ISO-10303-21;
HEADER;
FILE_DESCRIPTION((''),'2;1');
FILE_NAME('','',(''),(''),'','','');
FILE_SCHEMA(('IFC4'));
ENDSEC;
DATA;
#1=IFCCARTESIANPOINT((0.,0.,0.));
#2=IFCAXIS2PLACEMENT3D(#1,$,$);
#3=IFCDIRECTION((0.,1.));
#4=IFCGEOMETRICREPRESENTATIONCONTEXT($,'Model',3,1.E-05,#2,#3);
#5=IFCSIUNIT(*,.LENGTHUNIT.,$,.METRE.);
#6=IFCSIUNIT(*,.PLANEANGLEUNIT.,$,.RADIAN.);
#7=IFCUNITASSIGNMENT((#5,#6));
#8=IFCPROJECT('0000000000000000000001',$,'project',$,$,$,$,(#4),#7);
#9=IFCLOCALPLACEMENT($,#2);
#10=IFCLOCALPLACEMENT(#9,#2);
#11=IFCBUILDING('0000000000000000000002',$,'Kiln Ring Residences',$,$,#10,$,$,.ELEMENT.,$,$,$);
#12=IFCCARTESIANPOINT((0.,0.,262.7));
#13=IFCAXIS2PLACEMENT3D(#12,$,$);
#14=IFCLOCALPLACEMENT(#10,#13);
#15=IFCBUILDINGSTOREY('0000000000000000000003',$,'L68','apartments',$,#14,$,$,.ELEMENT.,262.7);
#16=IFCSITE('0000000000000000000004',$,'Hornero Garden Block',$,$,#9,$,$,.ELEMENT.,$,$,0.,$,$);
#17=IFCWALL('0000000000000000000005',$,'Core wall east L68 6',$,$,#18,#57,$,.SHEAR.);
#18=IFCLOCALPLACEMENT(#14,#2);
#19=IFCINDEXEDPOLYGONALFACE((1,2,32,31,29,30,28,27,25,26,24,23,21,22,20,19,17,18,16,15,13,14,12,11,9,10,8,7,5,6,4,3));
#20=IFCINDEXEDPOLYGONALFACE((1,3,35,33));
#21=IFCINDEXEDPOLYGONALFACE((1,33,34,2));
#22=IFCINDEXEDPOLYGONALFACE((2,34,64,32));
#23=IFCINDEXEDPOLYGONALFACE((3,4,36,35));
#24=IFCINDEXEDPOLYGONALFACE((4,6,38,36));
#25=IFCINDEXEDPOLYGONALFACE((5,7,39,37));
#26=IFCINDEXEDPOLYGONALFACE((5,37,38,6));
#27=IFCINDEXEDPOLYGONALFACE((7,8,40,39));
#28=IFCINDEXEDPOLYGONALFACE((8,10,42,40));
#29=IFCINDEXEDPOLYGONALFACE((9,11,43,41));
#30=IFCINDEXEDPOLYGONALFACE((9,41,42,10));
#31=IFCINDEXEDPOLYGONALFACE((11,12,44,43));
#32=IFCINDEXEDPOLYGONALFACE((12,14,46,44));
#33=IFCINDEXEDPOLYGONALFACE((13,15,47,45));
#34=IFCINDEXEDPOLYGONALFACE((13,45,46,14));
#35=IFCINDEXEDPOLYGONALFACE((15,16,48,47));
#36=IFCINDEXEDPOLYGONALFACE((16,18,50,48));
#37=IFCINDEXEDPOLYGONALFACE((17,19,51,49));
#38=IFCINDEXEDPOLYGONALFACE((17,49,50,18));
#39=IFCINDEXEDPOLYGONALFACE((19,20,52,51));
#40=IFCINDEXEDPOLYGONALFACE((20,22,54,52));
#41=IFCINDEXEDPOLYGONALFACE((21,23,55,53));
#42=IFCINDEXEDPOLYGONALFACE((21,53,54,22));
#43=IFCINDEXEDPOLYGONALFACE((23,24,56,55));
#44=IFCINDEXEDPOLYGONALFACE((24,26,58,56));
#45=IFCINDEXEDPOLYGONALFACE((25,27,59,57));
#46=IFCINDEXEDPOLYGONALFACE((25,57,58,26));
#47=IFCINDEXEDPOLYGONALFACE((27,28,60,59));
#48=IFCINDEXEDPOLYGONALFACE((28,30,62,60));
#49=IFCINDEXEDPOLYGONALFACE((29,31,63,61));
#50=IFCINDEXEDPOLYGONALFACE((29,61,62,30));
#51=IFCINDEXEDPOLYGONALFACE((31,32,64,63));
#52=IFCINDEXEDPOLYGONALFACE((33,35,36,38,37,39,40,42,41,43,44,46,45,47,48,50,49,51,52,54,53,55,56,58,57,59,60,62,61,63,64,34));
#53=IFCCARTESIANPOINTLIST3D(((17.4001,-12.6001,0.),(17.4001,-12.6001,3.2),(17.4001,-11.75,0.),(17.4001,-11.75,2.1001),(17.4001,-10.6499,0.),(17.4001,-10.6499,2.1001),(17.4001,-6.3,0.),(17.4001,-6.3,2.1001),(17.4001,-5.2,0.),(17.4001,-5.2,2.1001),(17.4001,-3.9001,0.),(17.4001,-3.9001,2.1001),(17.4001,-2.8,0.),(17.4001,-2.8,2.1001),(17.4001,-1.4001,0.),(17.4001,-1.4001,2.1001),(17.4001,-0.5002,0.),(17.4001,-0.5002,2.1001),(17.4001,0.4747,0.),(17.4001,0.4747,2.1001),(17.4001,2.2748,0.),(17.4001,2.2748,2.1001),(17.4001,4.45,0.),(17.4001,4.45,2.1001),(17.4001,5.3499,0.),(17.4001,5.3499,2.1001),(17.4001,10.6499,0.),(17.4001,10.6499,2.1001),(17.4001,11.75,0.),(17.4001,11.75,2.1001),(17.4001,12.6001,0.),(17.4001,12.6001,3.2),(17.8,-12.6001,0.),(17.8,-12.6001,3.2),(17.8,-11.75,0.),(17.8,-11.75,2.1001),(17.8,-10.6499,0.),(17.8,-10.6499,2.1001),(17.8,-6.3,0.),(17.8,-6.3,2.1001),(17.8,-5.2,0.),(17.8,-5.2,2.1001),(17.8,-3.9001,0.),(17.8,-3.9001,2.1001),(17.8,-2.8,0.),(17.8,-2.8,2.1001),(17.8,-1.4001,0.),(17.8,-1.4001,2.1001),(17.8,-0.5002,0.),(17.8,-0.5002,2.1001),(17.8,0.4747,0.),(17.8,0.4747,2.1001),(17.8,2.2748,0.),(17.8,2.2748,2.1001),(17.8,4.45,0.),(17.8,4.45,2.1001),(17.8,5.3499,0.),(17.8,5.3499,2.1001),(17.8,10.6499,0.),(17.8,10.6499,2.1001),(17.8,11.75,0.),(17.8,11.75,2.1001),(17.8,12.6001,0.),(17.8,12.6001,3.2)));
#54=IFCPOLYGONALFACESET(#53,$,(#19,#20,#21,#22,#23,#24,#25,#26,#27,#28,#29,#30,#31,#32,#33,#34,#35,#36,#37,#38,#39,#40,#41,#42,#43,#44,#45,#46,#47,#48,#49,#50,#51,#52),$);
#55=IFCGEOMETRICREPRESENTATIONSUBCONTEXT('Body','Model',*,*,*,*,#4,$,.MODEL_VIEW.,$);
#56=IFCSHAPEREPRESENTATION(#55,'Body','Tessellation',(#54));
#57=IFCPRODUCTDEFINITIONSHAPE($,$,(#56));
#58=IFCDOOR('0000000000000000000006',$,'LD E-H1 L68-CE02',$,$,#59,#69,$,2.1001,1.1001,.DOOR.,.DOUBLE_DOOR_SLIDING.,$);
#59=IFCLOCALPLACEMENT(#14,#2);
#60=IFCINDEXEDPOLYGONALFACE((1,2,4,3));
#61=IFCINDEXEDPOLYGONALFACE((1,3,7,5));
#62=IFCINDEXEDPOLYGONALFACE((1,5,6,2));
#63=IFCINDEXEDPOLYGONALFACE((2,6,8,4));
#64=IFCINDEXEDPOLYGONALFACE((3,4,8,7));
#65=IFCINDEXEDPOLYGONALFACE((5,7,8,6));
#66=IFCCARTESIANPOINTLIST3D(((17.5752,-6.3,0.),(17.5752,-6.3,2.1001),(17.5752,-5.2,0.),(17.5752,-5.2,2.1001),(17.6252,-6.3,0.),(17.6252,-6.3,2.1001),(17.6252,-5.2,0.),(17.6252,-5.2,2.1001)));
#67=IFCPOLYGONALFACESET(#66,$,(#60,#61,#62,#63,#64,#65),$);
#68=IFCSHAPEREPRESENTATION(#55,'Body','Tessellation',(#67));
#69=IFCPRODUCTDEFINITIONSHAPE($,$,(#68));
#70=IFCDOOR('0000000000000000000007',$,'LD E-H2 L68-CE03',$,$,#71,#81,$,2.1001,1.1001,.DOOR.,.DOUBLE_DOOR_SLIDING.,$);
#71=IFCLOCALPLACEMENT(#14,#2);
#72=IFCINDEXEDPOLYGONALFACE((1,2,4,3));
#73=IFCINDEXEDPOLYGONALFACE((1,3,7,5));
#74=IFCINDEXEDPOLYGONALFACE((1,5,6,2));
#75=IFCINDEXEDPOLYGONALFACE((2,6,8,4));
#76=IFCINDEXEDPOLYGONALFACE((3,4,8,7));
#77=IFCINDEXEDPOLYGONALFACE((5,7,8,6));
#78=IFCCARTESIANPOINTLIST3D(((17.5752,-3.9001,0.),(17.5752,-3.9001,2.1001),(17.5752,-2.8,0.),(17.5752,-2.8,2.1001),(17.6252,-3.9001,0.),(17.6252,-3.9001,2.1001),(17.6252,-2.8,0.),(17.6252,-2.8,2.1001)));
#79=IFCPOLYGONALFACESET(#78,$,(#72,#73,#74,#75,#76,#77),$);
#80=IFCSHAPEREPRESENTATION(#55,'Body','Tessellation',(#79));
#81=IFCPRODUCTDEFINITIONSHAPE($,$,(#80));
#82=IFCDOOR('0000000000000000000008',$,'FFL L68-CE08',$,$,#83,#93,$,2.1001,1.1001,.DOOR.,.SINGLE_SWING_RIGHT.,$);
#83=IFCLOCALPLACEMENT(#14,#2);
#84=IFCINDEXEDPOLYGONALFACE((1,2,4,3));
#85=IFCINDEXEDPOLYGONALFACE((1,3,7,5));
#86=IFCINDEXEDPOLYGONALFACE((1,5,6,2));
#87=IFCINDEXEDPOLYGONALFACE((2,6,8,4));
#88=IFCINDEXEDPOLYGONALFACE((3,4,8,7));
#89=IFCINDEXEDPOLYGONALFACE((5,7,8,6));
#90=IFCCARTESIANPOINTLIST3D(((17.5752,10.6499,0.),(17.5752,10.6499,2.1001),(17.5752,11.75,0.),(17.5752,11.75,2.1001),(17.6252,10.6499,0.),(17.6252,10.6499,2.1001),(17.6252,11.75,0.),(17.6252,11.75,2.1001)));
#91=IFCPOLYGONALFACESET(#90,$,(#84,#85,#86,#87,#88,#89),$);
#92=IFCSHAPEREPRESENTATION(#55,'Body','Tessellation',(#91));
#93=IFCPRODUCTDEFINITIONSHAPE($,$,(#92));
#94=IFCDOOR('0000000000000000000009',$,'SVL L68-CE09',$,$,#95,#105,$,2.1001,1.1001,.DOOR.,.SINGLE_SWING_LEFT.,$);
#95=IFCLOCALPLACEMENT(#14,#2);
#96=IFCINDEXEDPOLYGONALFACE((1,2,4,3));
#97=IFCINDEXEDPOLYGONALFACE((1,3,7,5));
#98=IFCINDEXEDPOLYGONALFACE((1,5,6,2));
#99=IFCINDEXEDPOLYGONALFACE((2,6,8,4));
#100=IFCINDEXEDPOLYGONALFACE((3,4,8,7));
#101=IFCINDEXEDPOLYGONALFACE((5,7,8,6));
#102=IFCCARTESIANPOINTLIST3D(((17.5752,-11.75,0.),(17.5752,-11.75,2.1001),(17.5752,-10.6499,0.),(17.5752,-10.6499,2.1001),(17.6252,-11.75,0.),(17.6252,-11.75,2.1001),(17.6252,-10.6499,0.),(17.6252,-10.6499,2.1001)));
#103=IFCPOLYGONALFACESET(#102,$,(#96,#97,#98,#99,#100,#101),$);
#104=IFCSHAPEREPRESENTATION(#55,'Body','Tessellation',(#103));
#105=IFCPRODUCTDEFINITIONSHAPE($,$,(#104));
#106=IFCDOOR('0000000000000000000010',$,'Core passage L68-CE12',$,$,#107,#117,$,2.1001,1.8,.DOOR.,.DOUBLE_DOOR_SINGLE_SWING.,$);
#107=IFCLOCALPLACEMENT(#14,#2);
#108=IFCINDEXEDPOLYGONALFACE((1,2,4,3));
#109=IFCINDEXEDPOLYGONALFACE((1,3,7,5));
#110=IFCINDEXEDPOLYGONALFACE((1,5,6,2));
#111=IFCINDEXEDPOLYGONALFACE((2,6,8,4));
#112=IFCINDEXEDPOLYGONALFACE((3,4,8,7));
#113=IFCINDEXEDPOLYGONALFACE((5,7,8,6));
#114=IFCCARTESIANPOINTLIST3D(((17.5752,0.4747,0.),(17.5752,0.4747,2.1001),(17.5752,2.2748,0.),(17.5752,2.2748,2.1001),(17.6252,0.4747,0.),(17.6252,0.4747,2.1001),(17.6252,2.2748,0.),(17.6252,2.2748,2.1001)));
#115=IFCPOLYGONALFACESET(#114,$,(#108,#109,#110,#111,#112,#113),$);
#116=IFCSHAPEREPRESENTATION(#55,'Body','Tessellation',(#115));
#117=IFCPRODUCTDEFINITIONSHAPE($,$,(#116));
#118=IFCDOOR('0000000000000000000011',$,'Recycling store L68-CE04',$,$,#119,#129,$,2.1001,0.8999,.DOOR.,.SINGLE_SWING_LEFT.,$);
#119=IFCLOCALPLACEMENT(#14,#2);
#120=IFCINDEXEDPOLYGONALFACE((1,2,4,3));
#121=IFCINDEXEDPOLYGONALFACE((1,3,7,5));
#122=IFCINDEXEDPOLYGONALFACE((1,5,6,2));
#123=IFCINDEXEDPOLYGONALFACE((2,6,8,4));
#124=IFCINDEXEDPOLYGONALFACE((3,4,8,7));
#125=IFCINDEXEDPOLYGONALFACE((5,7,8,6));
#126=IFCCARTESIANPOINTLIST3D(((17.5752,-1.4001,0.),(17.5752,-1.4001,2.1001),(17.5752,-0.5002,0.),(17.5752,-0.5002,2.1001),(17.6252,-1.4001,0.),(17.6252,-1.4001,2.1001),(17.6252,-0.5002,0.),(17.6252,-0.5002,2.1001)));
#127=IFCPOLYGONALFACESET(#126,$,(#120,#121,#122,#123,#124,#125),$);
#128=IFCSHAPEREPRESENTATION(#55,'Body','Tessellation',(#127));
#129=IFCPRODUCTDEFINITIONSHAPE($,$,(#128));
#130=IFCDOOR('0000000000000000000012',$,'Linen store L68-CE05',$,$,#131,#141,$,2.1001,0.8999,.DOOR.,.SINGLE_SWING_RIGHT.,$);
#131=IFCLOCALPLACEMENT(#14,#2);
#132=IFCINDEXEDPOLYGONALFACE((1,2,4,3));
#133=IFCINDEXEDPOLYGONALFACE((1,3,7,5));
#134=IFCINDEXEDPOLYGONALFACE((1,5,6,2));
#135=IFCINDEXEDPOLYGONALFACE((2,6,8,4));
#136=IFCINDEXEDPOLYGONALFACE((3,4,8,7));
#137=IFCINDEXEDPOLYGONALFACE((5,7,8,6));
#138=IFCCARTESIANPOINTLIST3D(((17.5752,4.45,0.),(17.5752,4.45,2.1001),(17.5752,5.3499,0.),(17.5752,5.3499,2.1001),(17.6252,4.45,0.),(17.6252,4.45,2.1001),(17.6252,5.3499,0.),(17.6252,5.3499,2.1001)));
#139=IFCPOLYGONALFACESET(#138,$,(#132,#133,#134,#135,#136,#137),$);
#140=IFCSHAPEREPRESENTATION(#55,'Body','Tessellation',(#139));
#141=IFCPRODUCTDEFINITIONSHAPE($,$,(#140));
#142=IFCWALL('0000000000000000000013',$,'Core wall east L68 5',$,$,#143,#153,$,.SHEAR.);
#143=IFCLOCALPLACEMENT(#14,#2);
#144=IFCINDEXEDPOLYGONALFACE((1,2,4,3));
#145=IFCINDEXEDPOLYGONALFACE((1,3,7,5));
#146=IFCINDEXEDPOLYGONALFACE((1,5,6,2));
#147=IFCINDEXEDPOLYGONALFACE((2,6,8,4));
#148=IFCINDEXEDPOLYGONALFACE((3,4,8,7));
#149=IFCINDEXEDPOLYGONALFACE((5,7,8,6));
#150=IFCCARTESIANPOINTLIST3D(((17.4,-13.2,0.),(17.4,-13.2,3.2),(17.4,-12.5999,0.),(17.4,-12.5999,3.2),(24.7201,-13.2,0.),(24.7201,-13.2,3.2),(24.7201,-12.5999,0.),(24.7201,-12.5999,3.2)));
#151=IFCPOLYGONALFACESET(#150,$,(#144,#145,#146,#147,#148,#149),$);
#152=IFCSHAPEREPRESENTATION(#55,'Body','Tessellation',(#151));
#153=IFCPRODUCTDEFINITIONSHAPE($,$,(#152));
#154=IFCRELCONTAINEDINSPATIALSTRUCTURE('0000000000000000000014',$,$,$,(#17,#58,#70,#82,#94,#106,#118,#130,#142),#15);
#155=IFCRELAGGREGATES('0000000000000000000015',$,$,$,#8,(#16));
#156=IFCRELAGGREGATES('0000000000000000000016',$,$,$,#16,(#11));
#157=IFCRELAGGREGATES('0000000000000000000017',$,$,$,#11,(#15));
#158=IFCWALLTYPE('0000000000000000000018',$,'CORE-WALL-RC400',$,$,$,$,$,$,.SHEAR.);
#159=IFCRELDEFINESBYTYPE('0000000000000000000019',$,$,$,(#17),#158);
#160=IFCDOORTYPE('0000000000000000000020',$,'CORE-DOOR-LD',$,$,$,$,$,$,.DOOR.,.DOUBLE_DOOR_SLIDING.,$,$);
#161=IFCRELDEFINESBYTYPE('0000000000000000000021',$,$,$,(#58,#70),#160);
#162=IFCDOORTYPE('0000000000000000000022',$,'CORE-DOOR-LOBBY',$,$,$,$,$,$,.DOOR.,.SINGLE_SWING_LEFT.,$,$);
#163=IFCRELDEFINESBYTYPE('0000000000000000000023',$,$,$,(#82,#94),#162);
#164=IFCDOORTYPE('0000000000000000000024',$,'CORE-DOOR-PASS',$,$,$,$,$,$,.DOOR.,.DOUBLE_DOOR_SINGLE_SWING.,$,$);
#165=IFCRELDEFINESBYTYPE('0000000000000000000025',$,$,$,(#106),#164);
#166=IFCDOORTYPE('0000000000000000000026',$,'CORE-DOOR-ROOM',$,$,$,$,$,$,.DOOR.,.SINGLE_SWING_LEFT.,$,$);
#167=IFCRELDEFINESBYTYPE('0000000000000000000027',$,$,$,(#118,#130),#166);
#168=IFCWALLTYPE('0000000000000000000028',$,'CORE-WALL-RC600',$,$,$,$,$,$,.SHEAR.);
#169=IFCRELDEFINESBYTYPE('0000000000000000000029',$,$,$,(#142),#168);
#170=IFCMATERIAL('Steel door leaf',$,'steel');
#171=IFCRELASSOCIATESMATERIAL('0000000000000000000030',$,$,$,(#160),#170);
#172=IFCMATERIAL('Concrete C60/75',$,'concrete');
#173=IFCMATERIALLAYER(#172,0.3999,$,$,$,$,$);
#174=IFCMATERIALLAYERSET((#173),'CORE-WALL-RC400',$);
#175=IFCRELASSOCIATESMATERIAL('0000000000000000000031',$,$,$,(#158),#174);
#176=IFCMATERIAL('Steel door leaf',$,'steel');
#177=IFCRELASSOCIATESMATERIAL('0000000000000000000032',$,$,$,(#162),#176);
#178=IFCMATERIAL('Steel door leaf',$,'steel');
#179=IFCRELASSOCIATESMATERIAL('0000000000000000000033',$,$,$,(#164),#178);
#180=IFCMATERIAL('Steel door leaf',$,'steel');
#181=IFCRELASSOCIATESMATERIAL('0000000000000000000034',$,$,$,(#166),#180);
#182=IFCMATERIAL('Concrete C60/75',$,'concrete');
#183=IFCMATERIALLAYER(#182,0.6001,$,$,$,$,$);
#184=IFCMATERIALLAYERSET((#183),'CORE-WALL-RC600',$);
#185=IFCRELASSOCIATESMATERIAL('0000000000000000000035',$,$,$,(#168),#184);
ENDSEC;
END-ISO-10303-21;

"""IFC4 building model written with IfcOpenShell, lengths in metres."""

from ifc_helpers import new_model, si_unit, direction, frame, frame_2d, origin, place, context, subcontext, project, spatial, rectangle, extrude, material, layer, layer_set, type_object, element, fill, save


model = new_model("IFC4")

# Units and contexts
model_context = context("Model", 3, precision=1e-05, world=origin(), true_north=direction((0.0, 1.0)))
body_context = subcontext(model_context, "Body", "Model", "MODEL_VIEW")
ifc_project = project(units=[si_unit("LENGTHUNIT", "METRE"), si_unit("PLANEANGLEUNIT", "RADIAN")], contexts=[model_context])

# Site, building, storey
site_placement = place(None, origin())
site = spatial("IfcSite", under=ifc_project, at=site_placement, Name="Hornero Garden Block", CompositionType="ELEMENT", RefElevation=0.0)
building_placement = place(site_placement, origin())
building = spatial("IfcBuilding", under=site, at=building_placement, Name="Kiln Ring Residences", CompositionType="ELEMENT")
storey_placement = place(building_placement, frame((0.0, 0.0, 262.7)))
storey = spatial("IfcBuildingStorey", under=building, at=storey_placement, Name="L68", Description="apartments", CompositionType="ELEMENT", Elevation=262.7)

# Wall, openings, doors
ifc_material_1 = material(Name="Steel door leaf", Category="steel")
door_type_1 = type_object("IfcDoorType", Name="CORE-DOOR-LD", OperationType="DOUBLE_DOOR_SLIDING", PredefinedType="DOOR", material=ifc_material_1)
ifc_material_2 = material(Name="Concrete C60/75", Category="concrete")
ifc_layer_1 = layer(ifc_material_2, 0.3999)
ifc_layer_set_1 = layer_set([ifc_layer_1], Name="CORE-WALL-RC400")
wall_type_1 = type_object("IfcWallType", Name="CORE-WALL-RC400", PredefinedType="SHEAR", material=ifc_layer_set_1)
wall_1_placement = place(storey_placement, frame((17.6001, -12.6001, 0.0), z_axis=(0.0, 0.0, 1.0), x_axis=(0.0, 1.0, 0.0)))
wall_1 = element("IfcWall", 1, at=wall_1_placement, inside=storey, type_object=wall_type_1, Name="Core wall east L68 6", PredefinedType="SHEAR", context=body_context, shape_type="SweptSolid", body=[
    extrude(rectangle(XDim=25.2002, YDim=0.3999, at=frame_2d((12.6001, 0.0))), origin(), (0.0, 0.0, 1.0), 3.2),
])
opening_1_placement = place(wall_1_placement, frame((6.3, 0.0, 0.0)))
opening_1 = element("IfcOpeningElement", 2, at=opening_1_placement, cuts=wall_1, PredefinedType="OPENING", context=body_context, shape_type="SweptSolid", body=[
    extrude(rectangle(XDim=1.1001, YDim=2.1001, at=frame_2d((0.55, 1.05))), frame((0.0, 0.21, 0.0), z_axis=(0.0, -1.0, 0.0), x_axis=(1.0, 0.0, 0.0)), (0.0, 0.0, 1.0), 0.4199),
])
opening_2_placement = place(wall_1_placement, frame((8.7, 0.0, 0.0)))
opening_2 = element("IfcOpeningElement", 3, at=opening_2_placement, cuts=wall_1, PredefinedType="OPENING", context=body_context, shape_type="SweptSolid", body=[
    extrude(rectangle(XDim=1.1001, YDim=2.1001, at=frame_2d((0.55, 1.05))), frame((0.0, 0.21, 0.0), z_axis=(0.0, -1.0, 0.0), x_axis=(1.0, 0.0, 0.0)), (0.0, 0.0, 1.0), 0.4199),
])
opening_3_placement = place(wall_1_placement, frame((11.2, 0.0, 0.0)))
opening_3 = element("IfcOpeningElement", 4, at=opening_3_placement, cuts=wall_1, PredefinedType="OPENING", context=body_context, shape_type="SweptSolid", body=[
    extrude(rectangle(XDim=0.8999, YDim=2.1001, at=frame_2d((0.45, 1.05))), frame((0.0, 0.21, 0.0), z_axis=(0.0, -1.0, 0.0), x_axis=(1.0, 0.0, 0.0)), (0.0, 0.0, 1.0), 0.4199),
])
opening_4_placement = place(wall_1_placement, frame((17.05, 0.0, 0.0)))
opening_4 = element("IfcOpeningElement", 5, at=opening_4_placement, cuts=wall_1, PredefinedType="OPENING", context=body_context, shape_type="SweptSolid", body=[
    extrude(rectangle(XDim=0.8999, YDim=2.1001, at=frame_2d((0.45, 1.05))), frame((0.0, 0.21, 0.0), z_axis=(0.0, -1.0, 0.0), x_axis=(1.0, 0.0, 0.0)), (0.0, 0.0, 1.0), 0.4199),
])
opening_5_placement = place(wall_1_placement, frame((23.25, 0.0, 0.0)))
opening_5 = element("IfcOpeningElement", 6, at=opening_5_placement, cuts=wall_1, PredefinedType="OPENING", context=body_context, shape_type="SweptSolid", body=[
    extrude(rectangle(XDim=1.1001, YDim=2.1001, at=frame_2d((0.55, 1.05))), frame((0.0, 0.21, 0.0), z_axis=(0.0, -1.0, 0.0), x_axis=(1.0, 0.0, 0.0)), (0.0, 0.0, 1.0), 0.4199),
])
opening_6_placement = place(wall_1_placement, frame((0.8501, 0.0, 0.0)))
opening_6 = element("IfcOpeningElement", 7, at=opening_6_placement, cuts=wall_1, PredefinedType="OPENING", context=body_context, shape_type="SweptSolid", body=[
    extrude(rectangle(XDim=1.1001, YDim=2.1001, at=frame_2d((0.55, 1.05))), frame((0.0, 0.21, 0.0), z_axis=(0.0, -1.0, 0.0), x_axis=(1.0, 0.0, 0.0)), (0.0, 0.0, 1.0), 0.4199),
])
opening_7_placement = place(wall_1_placement, frame((13.075, 0.0, 0.0)))
opening_7 = element("IfcOpeningElement", 8, at=opening_7_placement, cuts=wall_1, PredefinedType="OPENING", context=body_context, shape_type="SweptSolid", body=[
    extrude(rectangle(XDim=1.8, YDim=2.1001, at=frame_2d((0.8999, 1.05))), frame((0.0, 0.21, 0.0), z_axis=(0.0, -1.0, 0.0), x_axis=(1.0, 0.0, 0.0)), (0.0, 0.0, 1.0), 0.4199),
])
door_1_placement = place(opening_1_placement, origin())
door_1 = element("IfcDoor", 9, at=door_1_placement, inside=storey, type_object=door_type_1, Name="LD E-H1 L68-CE02", OperationType="DOUBLE_DOOR_SLIDING", OverallHeight=2.1001, OverallWidth=1.1001, PredefinedType="DOOR", context=body_context, shape_type="SweptSolid", body=[
    extrude(rectangle(XDim=1.1001, YDim=2.1001, at=frame_2d((0.55, 1.05))), frame((0.0, 0.0249, 0.0), z_axis=(0.0, -1.0, 0.0), x_axis=(1.0, 0.0, 0.0)), (0.0, 0.0, 1.0), 0.05),
])
fill(opening_1, door_1)
door_2_placement = place(opening_2_placement, origin())
door_2 = element("IfcDoor", 10, at=door_2_placement, inside=storey, type_object=door_type_1, Name="LD E-H2 L68-CE03", OperationType="DOUBLE_DOOR_SLIDING", OverallHeight=2.1001, OverallWidth=1.1001, PredefinedType="DOOR", context=body_context, shape_type="SweptSolid", body=[
    extrude(rectangle(XDim=1.1001, YDim=2.1001, at=frame_2d((0.55, 1.05))), frame((0.0, 0.0249, 0.0), z_axis=(0.0, -1.0, 0.0), x_axis=(1.0, 0.0, 0.0)), (0.0, 0.0, 1.0), 0.05),
])
fill(opening_2, door_2)
ifc_material_3 = material(Name="Steel door leaf", Category="steel")
door_type_2 = type_object("IfcDoorType", Name="CORE-DOOR-LOBBY", OperationType="SINGLE_SWING_LEFT", PredefinedType="DOOR", material=ifc_material_3)
door_3_placement = place(opening_5_placement, origin())
door_3 = element("IfcDoor", 11, at=door_3_placement, inside=storey, type_object=door_type_2, Name="FFL L68-CE08", OperationType="SINGLE_SWING_RIGHT", OverallHeight=2.1001, OverallWidth=1.1001, PredefinedType="DOOR", context=body_context, shape_type="SweptSolid", body=[
    extrude(rectangle(XDim=1.1001, YDim=2.1001, at=frame_2d((0.55, 1.05))), frame((0.0, 0.0249, 0.0), z_axis=(0.0, -1.0, 0.0), x_axis=(1.0, 0.0, 0.0)), (0.0, 0.0, 1.0), 0.05),
])
fill(opening_5, door_3)
door_4_placement = place(opening_6_placement, origin())
door_4 = element("IfcDoor", 12, at=door_4_placement, inside=storey, type_object=door_type_2, Name="SVL L68-CE09", OperationType="SINGLE_SWING_LEFT", OverallHeight=2.1001, OverallWidth=1.1001, PredefinedType="DOOR", context=body_context, shape_type="SweptSolid", body=[
    extrude(rectangle(XDim=1.1001, YDim=2.1001, at=frame_2d((0.55, 1.05))), frame((0.0, 0.0249, 0.0), z_axis=(0.0, -1.0, 0.0), x_axis=(1.0, 0.0, 0.0)), (0.0, 0.0, 1.0), 0.05),
])
fill(opening_6, door_4)
ifc_material_4 = material(Name="Steel door leaf", Category="steel")
door_type_3 = type_object("IfcDoorType", Name="CORE-DOOR-PASS", OperationType="DOUBLE_DOOR_SINGLE_SWING", PredefinedType="DOOR", material=ifc_material_4)
door_5_placement = place(opening_7_placement, origin())
door_5 = element("IfcDoor", 13, at=door_5_placement, inside=storey, type_object=door_type_3, Name="Core passage L68-CE12", OperationType="DOUBLE_DOOR_SINGLE_SWING", OverallHeight=2.1001, OverallWidth=1.8, PredefinedType="DOOR", context=body_context, shape_type="SweptSolid", body=[
    extrude(rectangle(XDim=1.8, YDim=2.1001, at=frame_2d((0.8999, 1.05))), frame((0.0, 0.0249, 0.0), z_axis=(0.0, -1.0, 0.0), x_axis=(1.0, 0.0, 0.0)), (0.0, 0.0, 1.0), 0.05),
])
fill(opening_7, door_5)
ifc_material_5 = material(Name="Steel door leaf", Category="steel")
door_type_4 = type_object("IfcDoorType", Name="CORE-DOOR-ROOM", OperationType="SINGLE_SWING_LEFT", PredefinedType="DOOR", material=ifc_material_5)
door_6_placement = place(opening_3_placement, origin())
door_6 = element("IfcDoor", 14, at=door_6_placement, inside=storey, type_object=door_type_4, Name="Recycling store L68-CE04", OperationType="SINGLE_SWING_LEFT", OverallHeight=2.1001, OverallWidth=0.8999, PredefinedType="DOOR", context=body_context, shape_type="SweptSolid", body=[
    extrude(rectangle(XDim=0.8999, YDim=2.1001, at=frame_2d((0.45, 1.05))), frame((0.0, 0.0249, 0.0), z_axis=(0.0, -1.0, 0.0), x_axis=(1.0, 0.0, 0.0)), (0.0, 0.0, 1.0), 0.05),
])
fill(opening_3, door_6)
door_7_placement = place(opening_4_placement, origin())
door_7 = element("IfcDoor", 15, at=door_7_placement, inside=storey, type_object=door_type_4, Name="Linen store L68-CE05", OperationType="SINGLE_SWING_RIGHT", OverallHeight=2.1001, OverallWidth=0.8999, PredefinedType="DOOR", context=body_context, shape_type="SweptSolid", body=[
    extrude(rectangle(XDim=0.8999, YDim=2.1001, at=frame_2d((0.45, 1.05))), frame((0.0, 0.0249, 0.0), z_axis=(0.0, -1.0, 0.0), x_axis=(1.0, 0.0, 0.0)), (0.0, 0.0, 1.0), 0.05),
])
fill(opening_4, door_7)

# Wall
ifc_material_6 = material(Name="Concrete C60/75", Category="concrete")
ifc_layer_2 = layer(ifc_material_6, 0.6001)
ifc_layer_set_2 = layer_set([ifc_layer_2], Name="CORE-WALL-RC600")
wall_type_2 = type_object("IfcWallType", Name="CORE-WALL-RC600", PredefinedType="SHEAR", material=ifc_layer_set_2)
wall_2_placement = place(storey_placement, frame((17.3999, -12.8999, 0.0), z_axis=(0.0, 0.0, 1.0), x_axis=(1.0, 0.0, 0.0)))
element("IfcWall", 16, at=wall_2_placement, inside=storey, type_object=wall_type_2, Name="Core wall east L68 5", PredefinedType="SHEAR", context=body_context, shape_type="SweptSolid", body=[
    extrude(rectangle(XDim=7.3201, YDim=0.6001, at=frame_2d((3.6602, 0.0))), origin(), (0.0, 0.0, 1.0), 3.2),
])

save(model, "model.ifc")
